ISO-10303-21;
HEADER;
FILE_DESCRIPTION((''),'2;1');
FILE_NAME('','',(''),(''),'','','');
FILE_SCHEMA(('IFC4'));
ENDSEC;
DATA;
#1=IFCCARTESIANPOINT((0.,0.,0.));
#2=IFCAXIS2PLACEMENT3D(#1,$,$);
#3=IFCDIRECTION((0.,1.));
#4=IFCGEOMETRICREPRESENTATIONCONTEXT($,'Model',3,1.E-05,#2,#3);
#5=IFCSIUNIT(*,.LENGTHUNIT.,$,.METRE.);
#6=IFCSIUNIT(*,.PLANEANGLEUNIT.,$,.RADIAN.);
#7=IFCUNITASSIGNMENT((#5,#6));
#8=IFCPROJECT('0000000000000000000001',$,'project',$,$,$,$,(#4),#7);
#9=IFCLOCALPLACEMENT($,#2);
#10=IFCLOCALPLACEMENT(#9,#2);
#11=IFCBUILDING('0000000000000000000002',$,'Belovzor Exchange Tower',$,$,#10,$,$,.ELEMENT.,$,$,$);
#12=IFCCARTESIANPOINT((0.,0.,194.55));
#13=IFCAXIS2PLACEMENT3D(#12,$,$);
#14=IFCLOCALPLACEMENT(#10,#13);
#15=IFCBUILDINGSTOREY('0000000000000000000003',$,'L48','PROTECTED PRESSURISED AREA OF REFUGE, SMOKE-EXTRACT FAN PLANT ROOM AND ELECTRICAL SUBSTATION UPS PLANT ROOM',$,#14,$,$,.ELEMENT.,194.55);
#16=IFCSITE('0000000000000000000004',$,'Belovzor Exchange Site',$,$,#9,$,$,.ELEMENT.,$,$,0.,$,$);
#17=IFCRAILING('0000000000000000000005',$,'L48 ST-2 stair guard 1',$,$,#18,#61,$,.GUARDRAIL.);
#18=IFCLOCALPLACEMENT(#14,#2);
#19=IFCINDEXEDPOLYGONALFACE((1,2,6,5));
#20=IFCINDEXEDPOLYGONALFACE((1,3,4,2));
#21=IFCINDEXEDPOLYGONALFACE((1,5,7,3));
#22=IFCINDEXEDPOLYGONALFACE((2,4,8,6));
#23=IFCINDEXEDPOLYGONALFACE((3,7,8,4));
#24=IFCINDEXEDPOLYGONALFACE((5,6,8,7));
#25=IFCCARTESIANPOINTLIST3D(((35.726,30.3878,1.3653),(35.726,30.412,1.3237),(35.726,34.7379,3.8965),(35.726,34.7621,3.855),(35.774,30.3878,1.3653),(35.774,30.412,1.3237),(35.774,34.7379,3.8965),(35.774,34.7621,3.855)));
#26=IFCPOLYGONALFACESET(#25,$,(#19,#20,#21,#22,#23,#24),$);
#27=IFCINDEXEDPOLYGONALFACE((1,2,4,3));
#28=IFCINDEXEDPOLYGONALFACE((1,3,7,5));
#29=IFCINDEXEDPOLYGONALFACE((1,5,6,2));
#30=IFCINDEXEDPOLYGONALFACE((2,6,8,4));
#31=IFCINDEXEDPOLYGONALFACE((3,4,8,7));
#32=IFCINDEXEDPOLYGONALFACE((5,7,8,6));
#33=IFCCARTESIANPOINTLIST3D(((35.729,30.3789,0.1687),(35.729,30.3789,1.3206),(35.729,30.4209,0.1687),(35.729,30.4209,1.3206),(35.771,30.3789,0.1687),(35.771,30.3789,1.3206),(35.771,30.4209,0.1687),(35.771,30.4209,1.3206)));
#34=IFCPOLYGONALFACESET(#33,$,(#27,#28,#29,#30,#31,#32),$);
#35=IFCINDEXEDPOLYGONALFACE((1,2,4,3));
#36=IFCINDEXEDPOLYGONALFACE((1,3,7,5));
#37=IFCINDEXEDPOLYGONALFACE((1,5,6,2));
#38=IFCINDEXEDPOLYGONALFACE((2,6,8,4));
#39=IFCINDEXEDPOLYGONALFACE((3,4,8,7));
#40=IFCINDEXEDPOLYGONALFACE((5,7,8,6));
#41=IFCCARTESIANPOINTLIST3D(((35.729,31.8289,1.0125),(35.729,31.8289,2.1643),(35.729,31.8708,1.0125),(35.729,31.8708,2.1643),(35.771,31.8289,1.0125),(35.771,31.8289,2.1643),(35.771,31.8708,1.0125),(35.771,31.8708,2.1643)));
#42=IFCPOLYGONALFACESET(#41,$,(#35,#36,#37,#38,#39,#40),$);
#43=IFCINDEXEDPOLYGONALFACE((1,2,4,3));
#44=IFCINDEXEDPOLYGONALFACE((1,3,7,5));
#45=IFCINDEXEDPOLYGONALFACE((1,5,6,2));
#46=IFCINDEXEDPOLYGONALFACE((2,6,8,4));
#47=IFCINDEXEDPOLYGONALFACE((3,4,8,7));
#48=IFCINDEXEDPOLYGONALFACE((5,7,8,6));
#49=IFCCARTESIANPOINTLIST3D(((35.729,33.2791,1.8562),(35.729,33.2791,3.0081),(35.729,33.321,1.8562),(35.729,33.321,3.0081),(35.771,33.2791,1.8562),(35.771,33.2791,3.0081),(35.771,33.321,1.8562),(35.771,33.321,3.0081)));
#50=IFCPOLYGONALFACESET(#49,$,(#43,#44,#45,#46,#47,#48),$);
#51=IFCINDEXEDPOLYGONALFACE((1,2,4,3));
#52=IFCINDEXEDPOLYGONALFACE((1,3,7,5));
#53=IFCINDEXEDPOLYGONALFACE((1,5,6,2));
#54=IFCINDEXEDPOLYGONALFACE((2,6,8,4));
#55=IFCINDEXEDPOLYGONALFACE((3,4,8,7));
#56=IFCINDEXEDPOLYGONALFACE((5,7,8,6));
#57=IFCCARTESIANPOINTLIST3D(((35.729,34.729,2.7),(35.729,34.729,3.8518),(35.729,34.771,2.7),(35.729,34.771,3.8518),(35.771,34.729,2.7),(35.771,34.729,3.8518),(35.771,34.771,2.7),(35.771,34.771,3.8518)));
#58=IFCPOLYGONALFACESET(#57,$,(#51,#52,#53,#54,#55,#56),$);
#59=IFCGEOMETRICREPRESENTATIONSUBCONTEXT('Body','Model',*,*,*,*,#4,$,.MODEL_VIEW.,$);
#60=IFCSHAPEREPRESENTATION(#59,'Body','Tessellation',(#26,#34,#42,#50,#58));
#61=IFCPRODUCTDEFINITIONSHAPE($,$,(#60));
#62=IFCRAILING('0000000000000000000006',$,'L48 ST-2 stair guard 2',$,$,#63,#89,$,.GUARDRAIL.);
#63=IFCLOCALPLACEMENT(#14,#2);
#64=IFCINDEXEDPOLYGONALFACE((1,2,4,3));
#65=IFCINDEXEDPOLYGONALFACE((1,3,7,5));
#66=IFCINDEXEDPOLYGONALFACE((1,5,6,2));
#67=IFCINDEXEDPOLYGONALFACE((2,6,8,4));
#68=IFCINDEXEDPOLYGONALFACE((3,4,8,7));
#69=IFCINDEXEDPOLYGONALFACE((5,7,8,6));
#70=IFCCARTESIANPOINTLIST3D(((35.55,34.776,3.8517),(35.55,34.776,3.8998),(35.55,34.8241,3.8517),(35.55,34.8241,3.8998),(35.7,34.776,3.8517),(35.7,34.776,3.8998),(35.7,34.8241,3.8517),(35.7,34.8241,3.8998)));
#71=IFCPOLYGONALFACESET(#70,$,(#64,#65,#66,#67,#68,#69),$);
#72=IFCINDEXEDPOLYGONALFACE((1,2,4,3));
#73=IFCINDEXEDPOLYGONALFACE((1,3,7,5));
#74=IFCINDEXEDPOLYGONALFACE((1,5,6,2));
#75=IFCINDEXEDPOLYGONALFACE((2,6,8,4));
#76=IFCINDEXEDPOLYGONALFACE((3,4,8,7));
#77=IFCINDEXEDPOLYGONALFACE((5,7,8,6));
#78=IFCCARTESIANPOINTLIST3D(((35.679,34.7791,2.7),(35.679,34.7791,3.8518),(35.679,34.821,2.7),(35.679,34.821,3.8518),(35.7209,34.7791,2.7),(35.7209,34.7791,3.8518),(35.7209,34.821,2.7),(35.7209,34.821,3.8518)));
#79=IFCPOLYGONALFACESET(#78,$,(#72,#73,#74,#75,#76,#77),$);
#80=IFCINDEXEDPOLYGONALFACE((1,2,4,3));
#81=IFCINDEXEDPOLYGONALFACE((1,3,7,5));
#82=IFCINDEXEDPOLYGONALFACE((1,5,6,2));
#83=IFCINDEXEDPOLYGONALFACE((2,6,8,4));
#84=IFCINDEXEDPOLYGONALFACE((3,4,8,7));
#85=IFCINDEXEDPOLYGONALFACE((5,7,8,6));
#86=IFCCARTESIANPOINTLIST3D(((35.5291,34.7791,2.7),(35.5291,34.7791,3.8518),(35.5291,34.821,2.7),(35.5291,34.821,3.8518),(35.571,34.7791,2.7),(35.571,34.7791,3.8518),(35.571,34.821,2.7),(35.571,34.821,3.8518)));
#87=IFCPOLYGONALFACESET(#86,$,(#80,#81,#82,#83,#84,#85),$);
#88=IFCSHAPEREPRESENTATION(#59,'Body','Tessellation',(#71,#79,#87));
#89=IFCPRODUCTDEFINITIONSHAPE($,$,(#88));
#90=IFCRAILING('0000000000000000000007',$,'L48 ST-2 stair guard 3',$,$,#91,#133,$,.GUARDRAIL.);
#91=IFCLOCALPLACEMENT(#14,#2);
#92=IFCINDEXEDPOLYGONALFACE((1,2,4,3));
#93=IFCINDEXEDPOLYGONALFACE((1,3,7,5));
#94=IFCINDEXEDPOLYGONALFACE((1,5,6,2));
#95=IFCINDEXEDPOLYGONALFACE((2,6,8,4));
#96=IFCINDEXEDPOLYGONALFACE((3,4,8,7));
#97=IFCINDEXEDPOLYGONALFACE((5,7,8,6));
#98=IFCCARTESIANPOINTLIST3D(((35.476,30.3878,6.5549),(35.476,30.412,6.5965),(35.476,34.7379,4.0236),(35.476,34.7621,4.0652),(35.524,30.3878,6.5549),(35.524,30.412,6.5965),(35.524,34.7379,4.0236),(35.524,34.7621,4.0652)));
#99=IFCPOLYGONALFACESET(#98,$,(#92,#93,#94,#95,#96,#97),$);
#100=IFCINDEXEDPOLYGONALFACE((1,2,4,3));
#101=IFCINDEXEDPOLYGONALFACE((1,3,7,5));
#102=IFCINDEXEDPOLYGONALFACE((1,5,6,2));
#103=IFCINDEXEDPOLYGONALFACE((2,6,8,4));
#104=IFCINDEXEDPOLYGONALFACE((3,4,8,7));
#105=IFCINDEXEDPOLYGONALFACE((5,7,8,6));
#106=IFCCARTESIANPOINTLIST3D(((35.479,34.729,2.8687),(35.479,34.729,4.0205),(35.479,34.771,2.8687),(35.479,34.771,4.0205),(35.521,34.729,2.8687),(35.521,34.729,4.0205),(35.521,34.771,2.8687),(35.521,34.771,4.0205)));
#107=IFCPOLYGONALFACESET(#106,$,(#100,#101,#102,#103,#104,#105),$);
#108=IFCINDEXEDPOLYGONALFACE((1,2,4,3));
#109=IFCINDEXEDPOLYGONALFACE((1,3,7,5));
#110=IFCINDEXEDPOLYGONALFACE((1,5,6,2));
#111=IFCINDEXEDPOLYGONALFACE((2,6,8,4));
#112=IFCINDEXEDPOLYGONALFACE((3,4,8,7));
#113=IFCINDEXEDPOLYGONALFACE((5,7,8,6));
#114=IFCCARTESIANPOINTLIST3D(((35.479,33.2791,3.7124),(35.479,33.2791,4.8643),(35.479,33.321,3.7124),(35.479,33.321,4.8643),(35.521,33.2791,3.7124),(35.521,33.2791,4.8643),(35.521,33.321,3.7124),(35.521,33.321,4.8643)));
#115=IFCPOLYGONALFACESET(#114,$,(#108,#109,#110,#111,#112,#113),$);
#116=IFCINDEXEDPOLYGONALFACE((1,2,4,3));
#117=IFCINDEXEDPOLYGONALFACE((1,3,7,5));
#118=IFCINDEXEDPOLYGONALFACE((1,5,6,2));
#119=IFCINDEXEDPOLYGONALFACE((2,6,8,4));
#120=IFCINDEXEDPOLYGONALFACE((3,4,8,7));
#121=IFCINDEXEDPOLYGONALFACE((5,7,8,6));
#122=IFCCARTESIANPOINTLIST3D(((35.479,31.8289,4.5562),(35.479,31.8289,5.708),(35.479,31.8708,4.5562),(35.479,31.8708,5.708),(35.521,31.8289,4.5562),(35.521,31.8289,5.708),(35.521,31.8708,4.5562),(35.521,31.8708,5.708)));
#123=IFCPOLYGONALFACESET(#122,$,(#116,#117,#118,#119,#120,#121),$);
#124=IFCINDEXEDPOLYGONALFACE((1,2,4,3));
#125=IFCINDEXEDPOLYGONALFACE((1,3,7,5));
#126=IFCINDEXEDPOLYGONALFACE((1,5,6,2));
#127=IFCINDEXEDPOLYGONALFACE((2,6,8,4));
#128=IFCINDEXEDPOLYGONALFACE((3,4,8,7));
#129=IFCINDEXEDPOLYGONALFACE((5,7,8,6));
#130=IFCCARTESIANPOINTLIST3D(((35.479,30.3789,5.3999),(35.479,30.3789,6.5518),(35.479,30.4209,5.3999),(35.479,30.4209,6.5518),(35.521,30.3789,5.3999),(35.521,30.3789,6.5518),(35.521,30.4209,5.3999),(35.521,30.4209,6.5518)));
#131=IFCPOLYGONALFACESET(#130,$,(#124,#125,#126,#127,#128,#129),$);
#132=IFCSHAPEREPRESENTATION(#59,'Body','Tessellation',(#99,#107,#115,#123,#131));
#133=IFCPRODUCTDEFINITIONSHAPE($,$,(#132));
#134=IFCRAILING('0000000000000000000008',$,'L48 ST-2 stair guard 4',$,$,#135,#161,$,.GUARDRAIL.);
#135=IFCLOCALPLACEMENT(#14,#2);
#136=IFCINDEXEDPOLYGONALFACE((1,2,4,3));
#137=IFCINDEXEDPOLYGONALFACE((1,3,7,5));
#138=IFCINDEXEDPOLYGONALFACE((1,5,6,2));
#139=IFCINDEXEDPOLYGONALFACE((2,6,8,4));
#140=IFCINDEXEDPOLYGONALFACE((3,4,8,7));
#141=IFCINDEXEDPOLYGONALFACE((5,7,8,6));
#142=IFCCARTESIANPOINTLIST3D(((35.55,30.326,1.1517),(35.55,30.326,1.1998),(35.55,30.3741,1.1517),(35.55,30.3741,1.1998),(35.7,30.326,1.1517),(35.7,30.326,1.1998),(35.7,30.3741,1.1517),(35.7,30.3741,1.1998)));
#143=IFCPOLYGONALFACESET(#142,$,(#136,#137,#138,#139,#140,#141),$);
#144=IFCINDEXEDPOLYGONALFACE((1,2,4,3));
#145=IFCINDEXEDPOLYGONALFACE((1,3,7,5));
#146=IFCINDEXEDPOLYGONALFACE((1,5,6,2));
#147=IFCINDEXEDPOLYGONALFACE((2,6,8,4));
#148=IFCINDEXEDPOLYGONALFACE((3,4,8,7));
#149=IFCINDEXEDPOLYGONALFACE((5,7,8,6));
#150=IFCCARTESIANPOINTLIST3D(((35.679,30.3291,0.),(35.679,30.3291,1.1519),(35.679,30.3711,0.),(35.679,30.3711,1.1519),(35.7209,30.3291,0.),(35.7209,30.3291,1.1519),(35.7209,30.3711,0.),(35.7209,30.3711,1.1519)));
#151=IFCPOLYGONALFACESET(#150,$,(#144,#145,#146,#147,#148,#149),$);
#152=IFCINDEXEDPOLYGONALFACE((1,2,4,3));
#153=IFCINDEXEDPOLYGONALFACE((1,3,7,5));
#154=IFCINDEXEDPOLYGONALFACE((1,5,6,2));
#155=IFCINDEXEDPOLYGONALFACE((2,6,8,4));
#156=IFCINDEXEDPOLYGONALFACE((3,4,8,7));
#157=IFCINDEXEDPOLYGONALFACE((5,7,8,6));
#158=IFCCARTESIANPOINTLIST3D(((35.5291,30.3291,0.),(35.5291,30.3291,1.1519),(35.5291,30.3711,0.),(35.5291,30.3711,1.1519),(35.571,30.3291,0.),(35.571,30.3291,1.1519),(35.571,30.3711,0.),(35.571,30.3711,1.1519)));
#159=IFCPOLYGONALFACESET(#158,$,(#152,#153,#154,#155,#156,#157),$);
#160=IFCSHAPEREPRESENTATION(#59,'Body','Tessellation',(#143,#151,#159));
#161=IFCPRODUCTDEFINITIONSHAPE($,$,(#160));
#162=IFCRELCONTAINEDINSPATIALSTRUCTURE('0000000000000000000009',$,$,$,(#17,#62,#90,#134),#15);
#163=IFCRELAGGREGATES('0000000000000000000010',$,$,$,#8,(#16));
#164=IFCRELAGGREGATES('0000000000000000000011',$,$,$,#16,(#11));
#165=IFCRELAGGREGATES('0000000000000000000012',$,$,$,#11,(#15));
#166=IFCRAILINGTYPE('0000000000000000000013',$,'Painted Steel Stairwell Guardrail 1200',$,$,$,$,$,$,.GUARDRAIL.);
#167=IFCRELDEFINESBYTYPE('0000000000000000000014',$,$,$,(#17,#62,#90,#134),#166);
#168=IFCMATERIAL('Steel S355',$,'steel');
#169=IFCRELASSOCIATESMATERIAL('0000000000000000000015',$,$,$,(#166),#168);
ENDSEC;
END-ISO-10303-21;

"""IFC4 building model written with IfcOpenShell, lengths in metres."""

from ifc_helpers import new_model, si_unit, direction, frame, origin, origin_2d, place, context, subcontext, project, spatial, rectangle, extrude, material, type_object, element, save


model = new_model("IFC4")

# Units and contexts
model_context = context("Model", 3, precision=1e-05, world=origin(), true_north=direction((0.0, 1.0)))
body_context = subcontext(model_context, "Body", "Model", "MODEL_VIEW")
ifc_project = project(units=[si_unit("LENGTHUNIT", "METRE"), si_unit("PLANEANGLEUNIT", "RADIAN")], contexts=[model_context])

# Site, building, storey
site_placement = place(None, origin())
site = spatial("IfcSite", under=ifc_project, at=site_placement, Name="Belovzor Exchange Site", CompositionType="ELEMENT", RefElevation=0.0)
building_placement = place(site_placement, origin())
building = spatial("IfcBuilding", under=site, at=building_placement, Name="Belovzor Exchange Tower", CompositionType="ELEMENT")
storey_placement = place(building_placement, frame((0.0, 0.0, 194.55)))
storey = spatial("IfcBuildingStorey", under=building, at=storey_placement, Name="L48", Description="PROTECTED PRESSURISED AREA OF REFUGE, SMOKE-EXTRACT FAN PLANT ROOM AND ELECTRICAL SUBSTATION UPS PLANT ROOM", CompositionType="ELEMENT", Elevation=194.55)

# Railings
ifc_material_1 = material(Name="Steel S355", Category="steel")
railing_type_1 = type_object("IfcRailingType", Name="Painted Steel Stairwell Guardrail 1200", PredefinedType="GUARDRAIL", material=ifc_material_1)
railing_1_placement = place(storey_placement, frame((35.75, 30.3999, 0.1687)))
element("IfcRailing", 1, at=railing_1_placement, inside=storey, type_object=railing_type_1, Name="L48 ST-2 stair guard 1", PredefinedType="GUARDRAIL", context=body_context, shape_type="SweptSolid", body=[
    extrude(rectangle(XDim=0.0481, YDim=0.0481, at=origin_2d()), frame((0.0, 0.0, 1.1758), z_axis=(0.0, 0.864324, 0.502936), x_axis=(-1.0, 0.0, 0.0)), (0.0, 0.0, 1.0), 5.033),
    extrude(rectangle(XDim=0.042, YDim=0.042, at=origin_2d()), origin(), (0.0, 0.0, 1.0), 1.1519),
    extrude(rectangle(XDim=0.042, YDim=0.042, at=origin_2d()), frame((0.0, 1.45, 0.8438)), (0.0, 0.0, 1.0), 1.1519),
    extrude(rectangle(XDim=0.042, YDim=0.042, at=origin_2d()), frame((0.0, 2.9001, 1.6875)), (0.0, 0.0, 1.0), 1.1519),
    extrude(rectangle(XDim=0.042, YDim=0.042, at=origin_2d()), frame((0.0, 4.3501, 2.5312)), (0.0, 0.0, 1.0), 1.1519),
])
railing_2_placement = place(storey_placement, frame((35.7, 34.8, 2.7)))
element("IfcRailing", 2, at=railing_2_placement, inside=storey, type_object=railing_type_1, Name="L48 ST-2 stair guard 2", PredefinedType="GUARDRAIL", context=body_context, shape_type="SweptSolid", body=[
    extrude(rectangle(XDim=0.0481, YDim=0.0481, at=origin_2d()), frame((0.0, 0.0, 1.1758), z_axis=(-1.0, 0.0, 0.0), x_axis=(0.0, -1.0, 0.0)), (0.0, 0.0, 1.0), 0.1499),
    extrude(rectangle(XDim=0.042, YDim=0.042, at=origin_2d()), origin(), (0.0, 0.0, 1.0), 1.1519),
    extrude(rectangle(XDim=0.042, YDim=0.042, at=origin_2d()), frame((-0.1499, 0.0, 0.0)), (0.0, 0.0, 1.0), 1.1519),
])
railing_3_placement = place(storey_placement, frame((35.5, 34.75, 2.8687)))
element("IfcRailing", 3, at=railing_3_placement, inside=storey, type_object=railing_type_1, Name="L48 ST-2 stair guard 3", PredefinedType="GUARDRAIL", context=body_context, shape_type="SweptSolid", body=[
    extrude(rectangle(XDim=0.0481, YDim=0.0481, at=origin_2d()), frame((0.0, 0.0, 1.1758), z_axis=(0.0, -0.864324, 0.502936), x_axis=(1.0, 0.0, 0.0)), (0.0, 0.0, 1.0), 5.033),
    extrude(rectangle(XDim=0.042, YDim=0.042, at=origin_2d()), origin(), (0.0, 0.0, 1.0), 1.1519),
    extrude(rectangle(XDim=0.042, YDim=0.042, at=origin_2d()), frame((0.0, -1.45, 0.8438)), (0.0, 0.0, 1.0), 1.1519),
    extrude(rectangle(XDim=0.042, YDim=0.042, at=origin_2d()), frame((0.0, -2.9001, 1.6875)), (0.0, 0.0, 1.0), 1.1519),
    extrude(rectangle(XDim=0.042, YDim=0.042, at=origin_2d()), frame((0.0, -4.3501, 2.5312)), (0.0, 0.0, 1.0), 1.1519),
])
railing_4_placement = place(storey_placement, frame((35.7, 30.3501, 0.0)))
element("IfcRailing", 4, at=railing_4_placement, inside=storey, type_object=railing_type_1, Name="L48 ST-2 stair guard 4", PredefinedType="GUARDRAIL", context=body_context, shape_type="SweptSolid", body=[
    extrude(rectangle(XDim=0.0481, YDim=0.0481, at=origin_2d()), frame((0.0, 0.0, 1.1758), z_axis=(-1.0, 0.0, 0.0), x_axis=(0.0, -1.0, 0.0)), (0.0, 0.0, 1.0), 0.1499),
    extrude(rectangle(XDim=0.042, YDim=0.042, at=origin_2d()), origin(), (0.0, 0.0, 1.0), 1.1519),
    extrude(rectangle(XDim=0.042, YDim=0.042, at=origin_2d()), frame((-0.1499, 0.0, 0.0)), (0.0, 0.0, 1.0), 1.1519),
])

save(model, "model.ifc")
